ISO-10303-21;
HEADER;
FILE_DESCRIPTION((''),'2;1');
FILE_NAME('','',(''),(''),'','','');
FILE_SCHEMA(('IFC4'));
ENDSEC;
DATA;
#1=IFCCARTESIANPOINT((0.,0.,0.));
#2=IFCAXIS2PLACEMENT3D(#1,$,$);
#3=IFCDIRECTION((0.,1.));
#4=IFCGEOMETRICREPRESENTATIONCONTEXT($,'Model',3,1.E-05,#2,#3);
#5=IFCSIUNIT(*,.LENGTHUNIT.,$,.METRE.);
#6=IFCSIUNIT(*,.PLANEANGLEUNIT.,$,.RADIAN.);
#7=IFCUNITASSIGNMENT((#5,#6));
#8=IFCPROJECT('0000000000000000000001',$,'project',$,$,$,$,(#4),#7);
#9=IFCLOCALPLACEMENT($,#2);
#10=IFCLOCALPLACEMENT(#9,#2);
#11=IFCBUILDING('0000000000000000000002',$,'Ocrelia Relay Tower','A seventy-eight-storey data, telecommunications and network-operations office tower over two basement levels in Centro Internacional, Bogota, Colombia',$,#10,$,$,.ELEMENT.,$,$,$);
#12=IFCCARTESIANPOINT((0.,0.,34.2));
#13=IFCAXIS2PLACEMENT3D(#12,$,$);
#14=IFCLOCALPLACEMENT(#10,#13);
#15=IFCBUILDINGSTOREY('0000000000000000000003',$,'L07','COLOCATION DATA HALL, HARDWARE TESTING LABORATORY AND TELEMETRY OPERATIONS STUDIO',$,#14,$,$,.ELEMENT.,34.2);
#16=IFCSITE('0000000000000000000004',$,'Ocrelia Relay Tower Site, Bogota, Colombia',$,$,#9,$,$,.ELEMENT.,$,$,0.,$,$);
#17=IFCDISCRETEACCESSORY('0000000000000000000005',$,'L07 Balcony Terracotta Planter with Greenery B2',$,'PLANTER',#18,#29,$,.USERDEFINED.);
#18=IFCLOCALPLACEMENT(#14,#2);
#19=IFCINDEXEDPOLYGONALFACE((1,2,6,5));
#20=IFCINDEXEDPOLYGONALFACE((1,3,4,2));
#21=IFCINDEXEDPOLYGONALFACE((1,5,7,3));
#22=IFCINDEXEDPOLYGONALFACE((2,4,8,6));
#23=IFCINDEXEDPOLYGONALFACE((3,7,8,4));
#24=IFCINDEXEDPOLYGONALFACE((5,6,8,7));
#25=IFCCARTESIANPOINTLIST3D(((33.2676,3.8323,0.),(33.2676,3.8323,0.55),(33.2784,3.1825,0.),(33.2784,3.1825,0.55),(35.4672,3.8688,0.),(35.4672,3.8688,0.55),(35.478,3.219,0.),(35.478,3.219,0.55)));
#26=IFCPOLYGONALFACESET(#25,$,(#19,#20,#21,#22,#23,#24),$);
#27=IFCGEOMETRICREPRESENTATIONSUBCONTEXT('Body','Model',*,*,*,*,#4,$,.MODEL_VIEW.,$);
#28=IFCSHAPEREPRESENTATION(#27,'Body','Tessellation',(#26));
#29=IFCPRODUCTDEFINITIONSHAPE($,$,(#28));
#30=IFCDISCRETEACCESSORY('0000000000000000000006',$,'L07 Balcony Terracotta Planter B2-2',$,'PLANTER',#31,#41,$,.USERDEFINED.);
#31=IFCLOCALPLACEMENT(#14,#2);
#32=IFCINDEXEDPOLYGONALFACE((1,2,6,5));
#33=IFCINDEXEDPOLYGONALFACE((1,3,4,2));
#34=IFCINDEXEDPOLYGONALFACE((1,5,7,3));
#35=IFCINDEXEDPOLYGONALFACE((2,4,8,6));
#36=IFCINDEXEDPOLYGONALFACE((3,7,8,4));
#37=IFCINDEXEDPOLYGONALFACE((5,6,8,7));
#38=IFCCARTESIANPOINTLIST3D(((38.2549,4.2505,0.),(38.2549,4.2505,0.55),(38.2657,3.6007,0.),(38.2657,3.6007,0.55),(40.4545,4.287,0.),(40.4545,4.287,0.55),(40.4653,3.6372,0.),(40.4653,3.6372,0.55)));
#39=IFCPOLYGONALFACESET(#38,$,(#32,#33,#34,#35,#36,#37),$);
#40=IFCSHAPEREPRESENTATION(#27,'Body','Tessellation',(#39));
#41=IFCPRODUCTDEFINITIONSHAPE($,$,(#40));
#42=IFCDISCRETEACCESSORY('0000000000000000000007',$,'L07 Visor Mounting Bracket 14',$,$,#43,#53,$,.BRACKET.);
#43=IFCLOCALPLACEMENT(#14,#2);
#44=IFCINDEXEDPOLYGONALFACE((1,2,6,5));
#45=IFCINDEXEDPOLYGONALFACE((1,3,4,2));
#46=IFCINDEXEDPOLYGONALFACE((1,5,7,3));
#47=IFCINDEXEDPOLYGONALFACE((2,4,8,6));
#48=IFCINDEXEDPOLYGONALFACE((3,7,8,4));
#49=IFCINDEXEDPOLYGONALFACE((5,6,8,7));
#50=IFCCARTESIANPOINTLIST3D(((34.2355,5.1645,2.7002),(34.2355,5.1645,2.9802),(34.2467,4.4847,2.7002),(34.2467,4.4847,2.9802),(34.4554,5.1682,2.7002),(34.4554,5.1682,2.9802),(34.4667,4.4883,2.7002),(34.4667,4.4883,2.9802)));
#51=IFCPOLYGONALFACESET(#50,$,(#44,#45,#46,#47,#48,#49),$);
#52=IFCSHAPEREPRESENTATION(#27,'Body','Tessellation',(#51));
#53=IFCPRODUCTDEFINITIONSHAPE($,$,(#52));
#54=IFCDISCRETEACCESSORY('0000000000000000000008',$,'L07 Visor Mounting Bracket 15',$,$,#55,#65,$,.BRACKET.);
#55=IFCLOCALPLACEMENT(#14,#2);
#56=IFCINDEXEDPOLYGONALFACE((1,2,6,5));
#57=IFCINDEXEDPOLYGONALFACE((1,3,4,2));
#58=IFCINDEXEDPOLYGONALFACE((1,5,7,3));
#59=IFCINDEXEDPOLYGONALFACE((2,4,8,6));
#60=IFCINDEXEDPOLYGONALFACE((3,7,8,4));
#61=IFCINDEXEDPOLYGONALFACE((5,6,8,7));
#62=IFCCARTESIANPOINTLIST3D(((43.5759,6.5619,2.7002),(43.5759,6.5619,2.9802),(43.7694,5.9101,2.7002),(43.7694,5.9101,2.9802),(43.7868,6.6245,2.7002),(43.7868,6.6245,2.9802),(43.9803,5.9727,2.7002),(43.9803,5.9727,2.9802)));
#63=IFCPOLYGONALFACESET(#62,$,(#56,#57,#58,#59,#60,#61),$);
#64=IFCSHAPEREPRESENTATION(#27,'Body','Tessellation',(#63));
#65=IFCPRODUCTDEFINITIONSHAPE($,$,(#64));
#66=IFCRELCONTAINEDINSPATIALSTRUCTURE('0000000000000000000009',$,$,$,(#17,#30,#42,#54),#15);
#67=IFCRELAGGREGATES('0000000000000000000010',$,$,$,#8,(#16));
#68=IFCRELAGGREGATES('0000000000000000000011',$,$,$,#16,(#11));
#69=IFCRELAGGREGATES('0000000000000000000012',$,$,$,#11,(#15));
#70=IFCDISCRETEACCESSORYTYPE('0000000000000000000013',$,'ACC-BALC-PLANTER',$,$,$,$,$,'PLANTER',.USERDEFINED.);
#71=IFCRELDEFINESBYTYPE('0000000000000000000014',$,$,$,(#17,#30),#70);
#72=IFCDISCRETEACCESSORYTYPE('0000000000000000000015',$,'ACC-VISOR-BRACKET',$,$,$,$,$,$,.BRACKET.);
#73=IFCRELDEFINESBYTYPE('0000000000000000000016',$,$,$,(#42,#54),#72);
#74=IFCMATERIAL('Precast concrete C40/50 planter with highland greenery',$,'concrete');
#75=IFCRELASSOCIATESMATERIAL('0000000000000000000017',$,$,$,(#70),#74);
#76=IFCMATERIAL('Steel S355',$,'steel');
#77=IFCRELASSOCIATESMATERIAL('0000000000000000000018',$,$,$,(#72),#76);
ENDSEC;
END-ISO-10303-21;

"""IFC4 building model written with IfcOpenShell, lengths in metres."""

from ifc_helpers import new_model, si_unit, direction, frame, origin, origin_2d, place, context, subcontext, project, spatial, rectangle, extrude, material, type_object, element, save


model = new_model("IFC4")

# Units and contexts
model_context = context("Model", 3, precision=1e-05, world=origin(), true_north=direction((0.0, 1.0)))
body_context = subcontext(model_context, "Body", "Model", "MODEL_VIEW")
ifc_project = project(units=[si_unit("LENGTHUNIT", "METRE"), si_unit("PLANEANGLEUNIT", "RADIAN")], contexts=[model_context])

# Site, building, storey
site_placement = place(None, origin())
site = spatial("IfcSite", under=ifc_project, at=site_placement, Name="Ocrelia Relay Tower Site, Bogota, Colombia", CompositionType="ELEMENT", RefElevation=0.0)
building_placement = place(site_placement, origin())
building = spatial("IfcBuilding", under=site, at=building_placement, Name="Ocrelia Relay Tower", Description="A seventy-eight-storey data, telecommunications and network-operations office tower over two basement levels in Centro Internacional, Bogota, Colombia", CompositionType="ELEMENT")
storey_placement = place(building_placement, frame((0.0, 0.0, 34.2)))
storey = spatial("IfcBuildingStorey", under=building, at=storey_placement, Name="L07", Description="COLOCATION DATA HALL, HARDWARE TESTING LABORATORY AND TELEMETRY OPERATIONS STUDIO", CompositionType="ELEMENT", Elevation=34.2)

# Shared definitions
ifc_material_1 = material(Name="Steel S355", Category="steel")

# Discrete accessories
ifc_material_2 = material(Name="Precast concrete C40/50 planter with highland greenery", Category="concrete")
discrete_accessory_type_1 = type_object("IfcDiscreteAccessoryType", Name="ACC-BALC-PLANTER", ElementType="PLANTER", PredefinedType="USERDEFINED", material=ifc_material_2)
for number, where, z_axis, x_axis, name in (
    (1, (34.3728, 3.5256, 0.0), (0.0, 0.0, 1.0), (-0.999863, -0.016582, 0.0), "L07 Balcony Terracotta Planter with Greenery B2"),
    (2, (39.3601, 3.9438, 0.0), (0.0, 0.0, 1.0), (-0.999863, -0.016582, 0.0), "L07 Balcony Terracotta Planter B2-2"),
):
    element("IfcDiscreteAccessory", number, at=place(storey_placement, frame(where, z_axis=z_axis, x_axis=x_axis)), inside=storey, type_object=discrete_accessory_type_1, Name=name, ObjectType="PLANTER", PredefinedType="USERDEFINED", context=body_context, shape_type="SweptSolid", body=[
        extrude(rectangle(XDim=2.2, YDim=0.6499, at=origin_2d()), origin(), (0.0, 0.0, 1.0), 0.55),
    ])
discrete_accessory_type_2 = type_object("IfcDiscreteAccessoryType", Name="ACC-VISOR-BRACKET", PredefinedType="BRACKET", material=ifc_material_1)
for number, where, z_axis, x_axis, name in (
    (3, (34.3511, 4.8264, 2.7002), (0.0, 0.0, 1.0), (0.999863, 0.016582, 0.0), "L07 Visor Mounting Bracket 14"),
    (4, (43.7781, 6.2673, 2.7002), (0.0, 0.0, 1.0), (0.958659, 0.284559, 0.0), "L07 Visor Mounting Bracket 15"),
):
    element("IfcDiscreteAccessory", number, at=place(storey_placement, frame(where, z_axis=z_axis, x_axis=x_axis)), inside=storey, type_object=discrete_accessory_type_2, Name=name, PredefinedType="BRACKET", context=body_context, shape_type="SweptSolid", body=[
        extrude(rectangle(XDim=0.22, YDim=0.6799, at=origin_2d()), origin(), (0.0, 0.0, 1.0), 0.28),
    ])

save(model, "model.ifc")
